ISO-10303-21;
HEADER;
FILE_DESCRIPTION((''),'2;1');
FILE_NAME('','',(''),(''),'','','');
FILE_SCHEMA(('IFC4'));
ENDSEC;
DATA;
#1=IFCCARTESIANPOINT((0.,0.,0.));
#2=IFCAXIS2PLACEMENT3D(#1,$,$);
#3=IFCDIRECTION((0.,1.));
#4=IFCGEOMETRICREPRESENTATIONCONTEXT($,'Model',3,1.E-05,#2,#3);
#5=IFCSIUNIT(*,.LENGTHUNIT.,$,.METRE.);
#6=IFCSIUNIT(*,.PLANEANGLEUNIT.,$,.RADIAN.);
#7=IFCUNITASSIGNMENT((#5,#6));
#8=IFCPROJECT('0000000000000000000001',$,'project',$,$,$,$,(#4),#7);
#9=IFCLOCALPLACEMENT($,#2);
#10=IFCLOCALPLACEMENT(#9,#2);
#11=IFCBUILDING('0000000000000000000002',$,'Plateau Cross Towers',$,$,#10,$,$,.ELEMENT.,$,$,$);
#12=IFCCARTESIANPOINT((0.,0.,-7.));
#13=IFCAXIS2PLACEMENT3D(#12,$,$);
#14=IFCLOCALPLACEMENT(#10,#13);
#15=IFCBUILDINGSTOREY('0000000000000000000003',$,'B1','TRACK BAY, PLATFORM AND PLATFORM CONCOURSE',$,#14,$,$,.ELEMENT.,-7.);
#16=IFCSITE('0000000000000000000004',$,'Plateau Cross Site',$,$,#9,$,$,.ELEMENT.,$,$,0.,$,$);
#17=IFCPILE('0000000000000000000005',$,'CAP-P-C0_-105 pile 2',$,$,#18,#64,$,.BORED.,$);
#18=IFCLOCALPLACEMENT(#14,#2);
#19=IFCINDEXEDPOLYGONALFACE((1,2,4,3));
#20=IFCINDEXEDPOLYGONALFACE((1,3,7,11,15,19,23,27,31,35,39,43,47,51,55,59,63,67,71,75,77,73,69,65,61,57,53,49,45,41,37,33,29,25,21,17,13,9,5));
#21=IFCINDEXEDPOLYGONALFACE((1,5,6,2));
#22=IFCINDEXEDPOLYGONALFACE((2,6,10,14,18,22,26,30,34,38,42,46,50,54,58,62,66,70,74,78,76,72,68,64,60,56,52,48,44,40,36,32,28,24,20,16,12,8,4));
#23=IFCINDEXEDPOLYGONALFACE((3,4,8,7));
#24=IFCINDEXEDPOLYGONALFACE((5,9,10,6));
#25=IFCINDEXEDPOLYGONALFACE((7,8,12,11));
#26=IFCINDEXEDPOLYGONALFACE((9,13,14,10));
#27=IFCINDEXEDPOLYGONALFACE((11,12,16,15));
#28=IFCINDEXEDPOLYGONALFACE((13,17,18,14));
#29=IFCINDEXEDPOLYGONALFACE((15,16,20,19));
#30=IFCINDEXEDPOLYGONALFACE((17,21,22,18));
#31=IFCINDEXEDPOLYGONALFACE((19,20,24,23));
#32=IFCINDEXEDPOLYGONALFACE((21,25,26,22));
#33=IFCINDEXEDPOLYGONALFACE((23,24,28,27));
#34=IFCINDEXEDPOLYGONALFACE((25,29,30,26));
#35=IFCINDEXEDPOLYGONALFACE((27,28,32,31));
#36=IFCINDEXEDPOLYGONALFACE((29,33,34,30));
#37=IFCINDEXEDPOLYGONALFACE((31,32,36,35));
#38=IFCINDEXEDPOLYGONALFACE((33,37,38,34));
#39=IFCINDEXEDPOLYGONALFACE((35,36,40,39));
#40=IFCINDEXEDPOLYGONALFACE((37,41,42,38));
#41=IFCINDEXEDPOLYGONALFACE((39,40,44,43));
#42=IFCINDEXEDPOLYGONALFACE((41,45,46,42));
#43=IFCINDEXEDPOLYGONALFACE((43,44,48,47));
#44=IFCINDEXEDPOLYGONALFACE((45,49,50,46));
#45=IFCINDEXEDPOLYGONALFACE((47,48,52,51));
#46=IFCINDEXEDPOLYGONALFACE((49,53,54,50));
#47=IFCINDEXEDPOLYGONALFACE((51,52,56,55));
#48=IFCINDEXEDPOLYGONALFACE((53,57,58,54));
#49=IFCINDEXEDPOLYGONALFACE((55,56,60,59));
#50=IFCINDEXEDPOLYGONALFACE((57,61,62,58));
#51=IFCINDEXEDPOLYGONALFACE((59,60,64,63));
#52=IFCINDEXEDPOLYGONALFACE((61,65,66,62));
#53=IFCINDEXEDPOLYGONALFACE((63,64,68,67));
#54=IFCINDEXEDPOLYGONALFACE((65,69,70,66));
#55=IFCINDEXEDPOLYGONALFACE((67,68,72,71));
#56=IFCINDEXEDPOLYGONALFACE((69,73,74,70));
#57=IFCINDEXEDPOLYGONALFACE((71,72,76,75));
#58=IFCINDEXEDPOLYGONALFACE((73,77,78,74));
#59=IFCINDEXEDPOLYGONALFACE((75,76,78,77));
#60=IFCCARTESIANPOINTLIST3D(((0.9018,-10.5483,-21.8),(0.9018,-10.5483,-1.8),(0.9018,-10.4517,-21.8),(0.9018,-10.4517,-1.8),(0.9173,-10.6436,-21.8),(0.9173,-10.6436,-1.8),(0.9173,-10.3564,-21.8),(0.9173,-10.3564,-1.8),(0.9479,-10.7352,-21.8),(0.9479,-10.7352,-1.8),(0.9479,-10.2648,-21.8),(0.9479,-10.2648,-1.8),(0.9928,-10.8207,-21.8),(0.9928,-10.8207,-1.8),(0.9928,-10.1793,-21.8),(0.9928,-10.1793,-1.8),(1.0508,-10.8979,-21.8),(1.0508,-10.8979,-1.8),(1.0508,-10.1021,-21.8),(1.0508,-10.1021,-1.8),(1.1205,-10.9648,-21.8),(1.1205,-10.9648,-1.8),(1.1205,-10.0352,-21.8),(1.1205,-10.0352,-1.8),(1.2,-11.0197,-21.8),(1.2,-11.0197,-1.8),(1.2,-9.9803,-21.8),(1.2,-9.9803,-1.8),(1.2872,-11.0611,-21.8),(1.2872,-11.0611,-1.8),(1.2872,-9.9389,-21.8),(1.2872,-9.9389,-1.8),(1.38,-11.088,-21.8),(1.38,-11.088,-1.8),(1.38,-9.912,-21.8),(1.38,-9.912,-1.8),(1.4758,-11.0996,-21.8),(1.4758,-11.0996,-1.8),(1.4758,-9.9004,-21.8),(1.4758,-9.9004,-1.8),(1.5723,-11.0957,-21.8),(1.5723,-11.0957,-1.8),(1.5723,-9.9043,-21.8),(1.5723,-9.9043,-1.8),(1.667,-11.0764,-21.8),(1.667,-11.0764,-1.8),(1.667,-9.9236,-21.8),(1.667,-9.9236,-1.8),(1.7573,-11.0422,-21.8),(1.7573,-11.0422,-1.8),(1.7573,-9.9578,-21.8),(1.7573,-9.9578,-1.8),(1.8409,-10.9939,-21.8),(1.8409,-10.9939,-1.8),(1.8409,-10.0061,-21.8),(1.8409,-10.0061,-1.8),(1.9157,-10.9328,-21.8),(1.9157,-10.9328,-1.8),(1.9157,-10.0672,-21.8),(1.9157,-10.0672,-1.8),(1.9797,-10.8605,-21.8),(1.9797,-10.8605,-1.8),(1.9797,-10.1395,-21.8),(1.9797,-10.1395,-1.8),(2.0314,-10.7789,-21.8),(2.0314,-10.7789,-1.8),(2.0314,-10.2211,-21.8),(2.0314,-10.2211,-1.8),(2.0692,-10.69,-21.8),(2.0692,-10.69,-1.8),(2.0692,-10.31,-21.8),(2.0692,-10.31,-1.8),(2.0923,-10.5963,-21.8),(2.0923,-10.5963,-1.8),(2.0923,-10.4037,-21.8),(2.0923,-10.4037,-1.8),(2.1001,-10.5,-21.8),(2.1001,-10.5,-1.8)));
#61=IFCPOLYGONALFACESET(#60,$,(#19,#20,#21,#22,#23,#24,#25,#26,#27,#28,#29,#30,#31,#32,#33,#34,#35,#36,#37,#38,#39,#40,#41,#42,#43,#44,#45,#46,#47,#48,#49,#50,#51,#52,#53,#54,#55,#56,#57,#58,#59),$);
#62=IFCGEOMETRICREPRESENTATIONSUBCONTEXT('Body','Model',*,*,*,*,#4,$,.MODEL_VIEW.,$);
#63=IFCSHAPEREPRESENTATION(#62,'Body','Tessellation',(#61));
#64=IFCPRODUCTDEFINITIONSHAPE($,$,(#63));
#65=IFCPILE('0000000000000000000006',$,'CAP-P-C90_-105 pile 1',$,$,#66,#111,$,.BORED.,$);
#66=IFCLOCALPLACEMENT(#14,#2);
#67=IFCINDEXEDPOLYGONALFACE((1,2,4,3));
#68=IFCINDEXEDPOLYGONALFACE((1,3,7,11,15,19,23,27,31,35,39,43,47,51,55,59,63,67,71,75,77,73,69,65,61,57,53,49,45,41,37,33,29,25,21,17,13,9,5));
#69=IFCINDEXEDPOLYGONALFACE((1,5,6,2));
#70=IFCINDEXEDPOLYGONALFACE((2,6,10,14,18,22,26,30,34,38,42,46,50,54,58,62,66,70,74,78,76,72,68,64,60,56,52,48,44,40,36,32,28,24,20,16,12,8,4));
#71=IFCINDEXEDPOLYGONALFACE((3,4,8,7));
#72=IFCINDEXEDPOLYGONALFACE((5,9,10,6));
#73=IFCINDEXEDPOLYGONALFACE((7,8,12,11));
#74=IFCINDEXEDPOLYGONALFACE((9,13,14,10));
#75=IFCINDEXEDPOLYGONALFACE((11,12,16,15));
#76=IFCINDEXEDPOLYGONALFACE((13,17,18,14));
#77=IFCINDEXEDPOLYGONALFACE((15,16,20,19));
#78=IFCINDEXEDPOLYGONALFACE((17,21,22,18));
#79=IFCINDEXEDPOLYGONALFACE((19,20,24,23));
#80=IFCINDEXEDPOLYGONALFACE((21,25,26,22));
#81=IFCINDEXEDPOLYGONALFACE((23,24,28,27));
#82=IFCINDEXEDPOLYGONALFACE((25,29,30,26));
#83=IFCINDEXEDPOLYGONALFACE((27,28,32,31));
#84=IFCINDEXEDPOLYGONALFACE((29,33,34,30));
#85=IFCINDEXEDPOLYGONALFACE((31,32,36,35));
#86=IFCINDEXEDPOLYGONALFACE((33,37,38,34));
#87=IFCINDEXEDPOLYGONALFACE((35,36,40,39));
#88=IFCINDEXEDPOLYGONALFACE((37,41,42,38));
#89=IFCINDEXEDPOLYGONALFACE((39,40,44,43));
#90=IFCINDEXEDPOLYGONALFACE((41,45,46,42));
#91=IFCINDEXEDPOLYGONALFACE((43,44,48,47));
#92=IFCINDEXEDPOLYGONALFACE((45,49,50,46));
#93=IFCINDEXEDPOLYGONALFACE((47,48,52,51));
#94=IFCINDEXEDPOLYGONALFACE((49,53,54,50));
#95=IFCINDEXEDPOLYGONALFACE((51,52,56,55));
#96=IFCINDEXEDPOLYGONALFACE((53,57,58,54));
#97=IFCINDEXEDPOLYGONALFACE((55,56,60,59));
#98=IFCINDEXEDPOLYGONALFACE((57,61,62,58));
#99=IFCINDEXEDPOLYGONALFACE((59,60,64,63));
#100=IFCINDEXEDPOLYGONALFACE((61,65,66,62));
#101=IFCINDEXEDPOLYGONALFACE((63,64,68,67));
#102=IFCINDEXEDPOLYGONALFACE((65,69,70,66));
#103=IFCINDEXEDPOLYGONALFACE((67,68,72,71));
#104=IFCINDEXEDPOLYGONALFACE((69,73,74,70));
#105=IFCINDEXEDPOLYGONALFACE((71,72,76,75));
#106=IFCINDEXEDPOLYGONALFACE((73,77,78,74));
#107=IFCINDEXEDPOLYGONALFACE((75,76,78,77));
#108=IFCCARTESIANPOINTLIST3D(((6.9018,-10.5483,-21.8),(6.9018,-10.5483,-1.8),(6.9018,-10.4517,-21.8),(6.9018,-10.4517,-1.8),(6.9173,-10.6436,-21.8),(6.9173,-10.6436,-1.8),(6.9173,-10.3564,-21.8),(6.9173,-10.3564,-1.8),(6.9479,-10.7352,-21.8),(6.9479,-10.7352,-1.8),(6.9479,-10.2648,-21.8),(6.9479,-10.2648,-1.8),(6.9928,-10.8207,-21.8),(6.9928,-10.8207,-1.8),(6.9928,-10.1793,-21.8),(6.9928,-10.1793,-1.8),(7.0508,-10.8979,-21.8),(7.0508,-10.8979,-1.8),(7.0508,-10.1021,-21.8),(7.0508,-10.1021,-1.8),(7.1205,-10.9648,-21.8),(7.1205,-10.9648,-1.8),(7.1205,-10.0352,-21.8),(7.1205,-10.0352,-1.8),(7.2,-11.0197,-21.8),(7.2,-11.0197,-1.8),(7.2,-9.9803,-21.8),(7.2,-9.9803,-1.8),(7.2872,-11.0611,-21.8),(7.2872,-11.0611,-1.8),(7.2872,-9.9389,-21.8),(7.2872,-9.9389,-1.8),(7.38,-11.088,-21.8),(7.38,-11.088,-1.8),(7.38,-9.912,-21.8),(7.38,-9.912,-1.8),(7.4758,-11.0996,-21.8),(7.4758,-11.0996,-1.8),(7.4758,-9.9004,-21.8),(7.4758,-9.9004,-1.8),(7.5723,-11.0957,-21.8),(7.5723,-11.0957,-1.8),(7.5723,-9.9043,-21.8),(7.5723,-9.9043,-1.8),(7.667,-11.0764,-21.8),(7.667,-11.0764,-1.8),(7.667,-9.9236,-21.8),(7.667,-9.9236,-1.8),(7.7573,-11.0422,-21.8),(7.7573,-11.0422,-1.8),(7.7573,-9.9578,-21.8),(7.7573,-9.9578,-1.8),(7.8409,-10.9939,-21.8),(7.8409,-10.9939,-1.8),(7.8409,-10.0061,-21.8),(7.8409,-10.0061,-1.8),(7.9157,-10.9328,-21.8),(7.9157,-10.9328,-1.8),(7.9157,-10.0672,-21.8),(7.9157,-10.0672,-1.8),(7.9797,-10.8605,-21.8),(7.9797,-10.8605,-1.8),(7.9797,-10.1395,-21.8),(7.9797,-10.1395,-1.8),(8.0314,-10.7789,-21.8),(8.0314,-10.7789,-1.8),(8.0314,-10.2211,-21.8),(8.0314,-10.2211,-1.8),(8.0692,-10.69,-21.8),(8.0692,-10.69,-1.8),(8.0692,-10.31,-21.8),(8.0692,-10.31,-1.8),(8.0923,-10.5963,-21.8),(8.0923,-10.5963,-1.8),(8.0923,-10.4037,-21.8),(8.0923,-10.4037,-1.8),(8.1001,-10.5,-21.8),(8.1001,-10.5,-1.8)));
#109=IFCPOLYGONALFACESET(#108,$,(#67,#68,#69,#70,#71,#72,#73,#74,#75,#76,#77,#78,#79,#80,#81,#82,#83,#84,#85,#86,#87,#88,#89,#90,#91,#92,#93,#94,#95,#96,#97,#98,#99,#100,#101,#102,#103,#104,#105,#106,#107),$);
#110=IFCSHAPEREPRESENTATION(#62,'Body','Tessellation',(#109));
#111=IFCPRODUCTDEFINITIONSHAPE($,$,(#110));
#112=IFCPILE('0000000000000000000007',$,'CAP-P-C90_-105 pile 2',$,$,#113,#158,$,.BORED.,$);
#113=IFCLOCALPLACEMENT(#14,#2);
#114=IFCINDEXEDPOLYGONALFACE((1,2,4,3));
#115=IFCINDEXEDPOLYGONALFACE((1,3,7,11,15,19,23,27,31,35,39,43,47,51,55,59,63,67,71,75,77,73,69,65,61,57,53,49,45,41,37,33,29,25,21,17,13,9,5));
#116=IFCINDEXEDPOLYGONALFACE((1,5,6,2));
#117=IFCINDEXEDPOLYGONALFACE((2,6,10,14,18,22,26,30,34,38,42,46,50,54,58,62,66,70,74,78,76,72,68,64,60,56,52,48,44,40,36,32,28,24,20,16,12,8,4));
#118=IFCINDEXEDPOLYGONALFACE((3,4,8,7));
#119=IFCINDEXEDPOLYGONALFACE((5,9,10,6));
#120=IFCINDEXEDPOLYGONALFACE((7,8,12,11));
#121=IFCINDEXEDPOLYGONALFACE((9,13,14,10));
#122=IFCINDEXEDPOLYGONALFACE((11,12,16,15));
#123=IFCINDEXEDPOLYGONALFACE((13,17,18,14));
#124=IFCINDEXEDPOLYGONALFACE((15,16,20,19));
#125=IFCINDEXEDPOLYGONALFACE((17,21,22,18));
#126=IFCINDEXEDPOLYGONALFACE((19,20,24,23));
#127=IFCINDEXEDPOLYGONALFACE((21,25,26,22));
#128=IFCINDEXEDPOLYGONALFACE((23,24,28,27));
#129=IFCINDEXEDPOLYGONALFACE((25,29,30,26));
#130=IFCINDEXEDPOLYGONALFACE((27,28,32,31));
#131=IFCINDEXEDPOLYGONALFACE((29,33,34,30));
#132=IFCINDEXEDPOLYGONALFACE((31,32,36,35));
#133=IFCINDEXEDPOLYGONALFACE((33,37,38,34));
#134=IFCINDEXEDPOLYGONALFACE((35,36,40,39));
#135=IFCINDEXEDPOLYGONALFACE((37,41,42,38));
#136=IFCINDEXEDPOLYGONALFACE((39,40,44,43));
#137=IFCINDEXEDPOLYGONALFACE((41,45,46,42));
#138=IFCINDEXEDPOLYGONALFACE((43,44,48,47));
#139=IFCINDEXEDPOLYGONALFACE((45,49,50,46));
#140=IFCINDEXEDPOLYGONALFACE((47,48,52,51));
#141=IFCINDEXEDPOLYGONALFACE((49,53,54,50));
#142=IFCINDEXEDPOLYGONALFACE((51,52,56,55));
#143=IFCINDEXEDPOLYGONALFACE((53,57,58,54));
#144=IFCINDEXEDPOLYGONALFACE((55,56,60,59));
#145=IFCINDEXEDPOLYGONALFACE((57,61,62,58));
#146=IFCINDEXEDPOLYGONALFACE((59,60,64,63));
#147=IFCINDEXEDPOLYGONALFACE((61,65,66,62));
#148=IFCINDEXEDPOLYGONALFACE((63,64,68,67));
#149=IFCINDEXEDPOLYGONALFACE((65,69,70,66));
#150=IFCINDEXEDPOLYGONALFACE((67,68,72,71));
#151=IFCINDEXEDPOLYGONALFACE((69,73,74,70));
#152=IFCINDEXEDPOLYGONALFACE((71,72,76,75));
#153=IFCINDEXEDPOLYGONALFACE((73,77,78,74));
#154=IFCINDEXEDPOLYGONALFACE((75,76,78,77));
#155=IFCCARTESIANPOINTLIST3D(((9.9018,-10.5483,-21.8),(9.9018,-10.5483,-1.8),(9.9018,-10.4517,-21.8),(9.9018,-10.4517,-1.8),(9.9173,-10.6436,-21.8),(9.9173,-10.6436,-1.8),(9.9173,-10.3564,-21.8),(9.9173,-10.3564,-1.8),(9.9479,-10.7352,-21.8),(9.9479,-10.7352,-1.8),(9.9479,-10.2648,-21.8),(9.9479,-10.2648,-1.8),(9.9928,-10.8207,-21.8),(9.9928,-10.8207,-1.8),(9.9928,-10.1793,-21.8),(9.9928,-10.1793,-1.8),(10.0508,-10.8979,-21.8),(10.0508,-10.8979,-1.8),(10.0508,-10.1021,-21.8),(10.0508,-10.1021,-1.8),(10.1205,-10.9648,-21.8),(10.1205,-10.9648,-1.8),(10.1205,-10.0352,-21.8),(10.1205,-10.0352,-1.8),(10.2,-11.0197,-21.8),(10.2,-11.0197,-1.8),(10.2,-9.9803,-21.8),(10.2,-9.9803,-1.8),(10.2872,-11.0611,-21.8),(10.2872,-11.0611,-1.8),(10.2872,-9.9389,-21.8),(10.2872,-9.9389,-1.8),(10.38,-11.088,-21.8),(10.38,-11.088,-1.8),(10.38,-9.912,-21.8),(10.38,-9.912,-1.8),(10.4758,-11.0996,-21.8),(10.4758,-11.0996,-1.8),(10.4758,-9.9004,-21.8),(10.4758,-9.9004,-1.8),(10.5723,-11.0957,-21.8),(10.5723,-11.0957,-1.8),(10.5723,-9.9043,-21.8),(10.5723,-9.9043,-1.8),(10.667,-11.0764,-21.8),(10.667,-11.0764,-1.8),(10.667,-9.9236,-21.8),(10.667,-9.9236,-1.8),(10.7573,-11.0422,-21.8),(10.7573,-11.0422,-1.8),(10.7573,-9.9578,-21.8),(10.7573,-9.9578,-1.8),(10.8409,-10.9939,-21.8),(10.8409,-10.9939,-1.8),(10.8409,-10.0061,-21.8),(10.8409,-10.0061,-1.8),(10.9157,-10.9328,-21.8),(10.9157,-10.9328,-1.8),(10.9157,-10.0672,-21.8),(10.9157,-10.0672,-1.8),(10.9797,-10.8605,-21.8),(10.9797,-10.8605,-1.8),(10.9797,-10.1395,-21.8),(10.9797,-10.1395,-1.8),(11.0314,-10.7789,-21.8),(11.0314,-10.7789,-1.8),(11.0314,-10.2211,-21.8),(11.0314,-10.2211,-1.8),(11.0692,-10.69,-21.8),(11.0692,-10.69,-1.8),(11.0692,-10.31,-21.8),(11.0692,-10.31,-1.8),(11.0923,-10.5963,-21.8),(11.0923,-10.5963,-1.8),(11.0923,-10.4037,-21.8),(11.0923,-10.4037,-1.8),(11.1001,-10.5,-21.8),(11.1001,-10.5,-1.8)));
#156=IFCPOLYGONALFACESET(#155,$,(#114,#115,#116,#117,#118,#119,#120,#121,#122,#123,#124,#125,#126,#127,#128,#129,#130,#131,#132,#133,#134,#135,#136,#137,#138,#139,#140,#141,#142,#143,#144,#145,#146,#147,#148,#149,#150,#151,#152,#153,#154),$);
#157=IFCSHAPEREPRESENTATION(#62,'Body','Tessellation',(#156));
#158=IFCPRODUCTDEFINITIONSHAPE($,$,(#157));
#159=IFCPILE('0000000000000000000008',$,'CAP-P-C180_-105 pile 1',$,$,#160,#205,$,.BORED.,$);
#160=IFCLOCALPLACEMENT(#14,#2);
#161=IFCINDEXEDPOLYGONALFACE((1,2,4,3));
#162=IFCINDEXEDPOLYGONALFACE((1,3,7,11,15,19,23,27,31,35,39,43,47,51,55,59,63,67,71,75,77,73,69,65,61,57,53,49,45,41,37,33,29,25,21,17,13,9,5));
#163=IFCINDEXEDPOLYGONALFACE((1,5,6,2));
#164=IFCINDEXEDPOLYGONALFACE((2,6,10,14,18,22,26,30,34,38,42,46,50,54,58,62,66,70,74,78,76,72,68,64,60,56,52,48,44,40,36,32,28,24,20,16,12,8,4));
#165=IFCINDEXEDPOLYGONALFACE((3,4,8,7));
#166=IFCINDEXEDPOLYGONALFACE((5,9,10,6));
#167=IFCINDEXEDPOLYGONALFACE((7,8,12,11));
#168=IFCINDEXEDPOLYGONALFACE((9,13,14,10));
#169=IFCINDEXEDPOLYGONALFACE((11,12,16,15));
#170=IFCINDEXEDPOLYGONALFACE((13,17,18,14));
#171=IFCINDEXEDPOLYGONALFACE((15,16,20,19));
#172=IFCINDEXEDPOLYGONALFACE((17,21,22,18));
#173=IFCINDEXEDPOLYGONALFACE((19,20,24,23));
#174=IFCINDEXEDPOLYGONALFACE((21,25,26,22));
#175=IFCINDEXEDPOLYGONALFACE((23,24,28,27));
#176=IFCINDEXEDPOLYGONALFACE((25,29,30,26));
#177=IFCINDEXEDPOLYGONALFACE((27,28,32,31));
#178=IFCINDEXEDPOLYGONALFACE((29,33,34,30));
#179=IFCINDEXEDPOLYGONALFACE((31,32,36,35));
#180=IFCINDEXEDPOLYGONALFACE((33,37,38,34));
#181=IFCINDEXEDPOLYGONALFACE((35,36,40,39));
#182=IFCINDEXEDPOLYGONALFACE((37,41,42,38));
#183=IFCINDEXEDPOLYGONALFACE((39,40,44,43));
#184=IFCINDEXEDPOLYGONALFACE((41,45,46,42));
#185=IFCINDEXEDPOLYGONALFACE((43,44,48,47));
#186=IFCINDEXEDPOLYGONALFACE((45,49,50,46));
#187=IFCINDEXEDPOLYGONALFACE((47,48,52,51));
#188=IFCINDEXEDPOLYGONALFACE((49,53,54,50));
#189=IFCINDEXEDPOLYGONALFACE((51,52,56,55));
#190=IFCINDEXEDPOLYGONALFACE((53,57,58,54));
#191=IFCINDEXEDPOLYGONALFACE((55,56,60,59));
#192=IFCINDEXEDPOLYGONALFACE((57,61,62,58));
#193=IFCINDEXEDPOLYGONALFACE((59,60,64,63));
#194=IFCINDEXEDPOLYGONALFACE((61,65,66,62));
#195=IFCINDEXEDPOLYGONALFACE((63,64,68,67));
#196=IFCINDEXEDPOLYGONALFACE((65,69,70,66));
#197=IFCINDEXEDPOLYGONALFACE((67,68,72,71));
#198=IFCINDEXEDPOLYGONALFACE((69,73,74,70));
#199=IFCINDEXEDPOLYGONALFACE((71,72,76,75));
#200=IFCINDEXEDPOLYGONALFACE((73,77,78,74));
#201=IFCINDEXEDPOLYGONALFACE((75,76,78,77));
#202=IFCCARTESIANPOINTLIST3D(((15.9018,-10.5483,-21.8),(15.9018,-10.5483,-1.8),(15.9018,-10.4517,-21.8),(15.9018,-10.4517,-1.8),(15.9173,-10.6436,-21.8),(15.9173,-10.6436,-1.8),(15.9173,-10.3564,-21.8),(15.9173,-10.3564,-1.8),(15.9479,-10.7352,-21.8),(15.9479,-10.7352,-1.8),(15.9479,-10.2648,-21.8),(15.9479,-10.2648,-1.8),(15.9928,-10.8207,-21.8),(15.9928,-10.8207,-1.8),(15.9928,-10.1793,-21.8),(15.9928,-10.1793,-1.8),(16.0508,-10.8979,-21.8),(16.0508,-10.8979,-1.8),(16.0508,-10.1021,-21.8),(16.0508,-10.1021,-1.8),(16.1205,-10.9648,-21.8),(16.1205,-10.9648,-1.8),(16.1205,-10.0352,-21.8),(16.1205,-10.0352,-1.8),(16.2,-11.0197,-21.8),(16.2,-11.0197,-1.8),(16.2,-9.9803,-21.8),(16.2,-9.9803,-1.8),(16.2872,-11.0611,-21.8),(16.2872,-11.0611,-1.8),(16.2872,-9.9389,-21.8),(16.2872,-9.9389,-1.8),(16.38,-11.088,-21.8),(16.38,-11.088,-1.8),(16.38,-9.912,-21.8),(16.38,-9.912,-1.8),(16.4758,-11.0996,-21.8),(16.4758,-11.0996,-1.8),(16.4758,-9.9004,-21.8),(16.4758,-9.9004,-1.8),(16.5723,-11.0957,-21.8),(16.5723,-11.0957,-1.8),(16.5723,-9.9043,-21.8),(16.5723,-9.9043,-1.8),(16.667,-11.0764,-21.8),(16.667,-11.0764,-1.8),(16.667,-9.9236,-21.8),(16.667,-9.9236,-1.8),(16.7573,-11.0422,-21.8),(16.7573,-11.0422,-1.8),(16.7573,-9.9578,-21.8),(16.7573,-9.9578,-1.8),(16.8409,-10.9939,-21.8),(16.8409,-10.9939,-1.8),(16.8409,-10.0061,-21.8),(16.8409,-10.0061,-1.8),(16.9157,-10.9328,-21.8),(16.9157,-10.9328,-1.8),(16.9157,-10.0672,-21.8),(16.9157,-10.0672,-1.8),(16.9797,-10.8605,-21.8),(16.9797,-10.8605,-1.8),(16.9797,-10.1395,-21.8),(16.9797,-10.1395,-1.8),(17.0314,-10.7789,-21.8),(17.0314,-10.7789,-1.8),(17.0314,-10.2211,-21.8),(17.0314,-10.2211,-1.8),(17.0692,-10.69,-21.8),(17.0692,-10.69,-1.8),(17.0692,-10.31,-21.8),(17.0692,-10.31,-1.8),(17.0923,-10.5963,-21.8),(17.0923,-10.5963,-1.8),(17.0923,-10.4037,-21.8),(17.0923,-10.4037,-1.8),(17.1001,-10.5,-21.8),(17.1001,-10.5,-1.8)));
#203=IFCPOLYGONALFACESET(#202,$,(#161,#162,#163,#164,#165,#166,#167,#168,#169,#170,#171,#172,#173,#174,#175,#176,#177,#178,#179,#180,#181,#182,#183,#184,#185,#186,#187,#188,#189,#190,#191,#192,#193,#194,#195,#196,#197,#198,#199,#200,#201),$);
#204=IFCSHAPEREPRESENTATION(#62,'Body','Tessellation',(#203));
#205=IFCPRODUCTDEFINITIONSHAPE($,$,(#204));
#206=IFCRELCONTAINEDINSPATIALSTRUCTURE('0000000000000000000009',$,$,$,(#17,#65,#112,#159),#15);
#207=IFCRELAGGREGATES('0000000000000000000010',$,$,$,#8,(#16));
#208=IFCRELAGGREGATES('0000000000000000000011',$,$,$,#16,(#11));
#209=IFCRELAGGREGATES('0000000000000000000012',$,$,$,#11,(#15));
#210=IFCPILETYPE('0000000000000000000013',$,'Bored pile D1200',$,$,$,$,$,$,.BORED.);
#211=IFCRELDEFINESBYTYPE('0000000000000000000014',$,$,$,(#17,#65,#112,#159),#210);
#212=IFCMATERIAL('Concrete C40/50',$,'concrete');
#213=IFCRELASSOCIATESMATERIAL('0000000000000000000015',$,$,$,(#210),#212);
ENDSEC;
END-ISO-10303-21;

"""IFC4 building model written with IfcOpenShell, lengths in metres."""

from ifc_helpers import new_model, si_unit, direction, frame, origin, origin_2d, place, context, subcontext, project, spatial, circle, extrude, material, material_profile, profile_set, type_object, element, save


model = new_model("IFC4")

# Units and contexts
model_context = context("Model", 3, precision=1e-05, world=origin(), true_north=direction((0.0, 1.0)))
body_context = subcontext(model_context, "Body", "Model", "MODEL_VIEW")
ifc_project = project(units=[si_unit("LENGTHUNIT", "METRE"), si_unit("PLANEANGLEUNIT", "RADIAN")], contexts=[model_context])

# Site, building, storey
site_placement = place(None, origin())
site = spatial("IfcSite", under=ifc_project, at=site_placement, Name="Plateau Cross Site", CompositionType="ELEMENT", RefElevation=0.0)
building_placement = place(site_placement, origin())
building = spatial("IfcBuilding", under=site, at=building_placement, Name="Plateau Cross Towers", CompositionType="ELEMENT")
storey_placement = place(building_placement, frame((0.0, 0.0, -7.0)))
storey = spatial("IfcBuildingStorey", under=building, at=storey_placement, Name="B1", Description="TRACK BAY, PLATFORM AND PLATFORM CONCOURSE", CompositionType="ELEMENT", Elevation=-7.0)

# Piles
ifc_material_1 = material(Name="Concrete C40/50", Category="concrete")
ifc_material_profile_1 = material_profile(ifc_material_1, circle(Radius=0.6001, at=origin_2d()), Name="Bored pile D1200")
ifc_profile_set_1 = profile_set([ifc_material_profile_1], Name="Concrete C40/50")
pile_type = type_object("IfcPileType", Name="Bored pile D1200", PredefinedType="BORED", material=ifc_profile_set_1)
for number, where, z_axis, x_axis, name in (
    (1, (1.5, -10.5, -1.8), (0.0, 0.0, -1.0), (1.0, 0.0, 0.0), "CAP-P-C0_-105 pile 2"),
    (2, (7.5, -10.5, -1.8), (0.0, 0.0, -1.0), (1.0, 0.0, 0.0), "CAP-P-C90_-105 pile 1"),
    (3, (10.5, -10.5, -1.8), (0.0, 0.0, -1.0), (1.0, 0.0, 0.0), "CAP-P-C90_-105 pile 2"),
    (4, (16.5, -10.5, -1.8), (0.0, 0.0, -1.0), (1.0, 0.0, 0.0), "CAP-P-C180_-105 pile 1"),
):
    element("IfcPile", number, at=place(storey_placement, frame(where, z_axis=z_axis, x_axis=x_axis)), inside=storey, type_object=pile_type, Name=name, PredefinedType="BORED", context=body_context, shape_type="SweptSolid", body=[
        extrude(circle(Radius=0.6001, at=origin_2d()), origin(), (0.0, 0.0, 1.0), 20.0),
    ])

save(model, "model.ifc")
